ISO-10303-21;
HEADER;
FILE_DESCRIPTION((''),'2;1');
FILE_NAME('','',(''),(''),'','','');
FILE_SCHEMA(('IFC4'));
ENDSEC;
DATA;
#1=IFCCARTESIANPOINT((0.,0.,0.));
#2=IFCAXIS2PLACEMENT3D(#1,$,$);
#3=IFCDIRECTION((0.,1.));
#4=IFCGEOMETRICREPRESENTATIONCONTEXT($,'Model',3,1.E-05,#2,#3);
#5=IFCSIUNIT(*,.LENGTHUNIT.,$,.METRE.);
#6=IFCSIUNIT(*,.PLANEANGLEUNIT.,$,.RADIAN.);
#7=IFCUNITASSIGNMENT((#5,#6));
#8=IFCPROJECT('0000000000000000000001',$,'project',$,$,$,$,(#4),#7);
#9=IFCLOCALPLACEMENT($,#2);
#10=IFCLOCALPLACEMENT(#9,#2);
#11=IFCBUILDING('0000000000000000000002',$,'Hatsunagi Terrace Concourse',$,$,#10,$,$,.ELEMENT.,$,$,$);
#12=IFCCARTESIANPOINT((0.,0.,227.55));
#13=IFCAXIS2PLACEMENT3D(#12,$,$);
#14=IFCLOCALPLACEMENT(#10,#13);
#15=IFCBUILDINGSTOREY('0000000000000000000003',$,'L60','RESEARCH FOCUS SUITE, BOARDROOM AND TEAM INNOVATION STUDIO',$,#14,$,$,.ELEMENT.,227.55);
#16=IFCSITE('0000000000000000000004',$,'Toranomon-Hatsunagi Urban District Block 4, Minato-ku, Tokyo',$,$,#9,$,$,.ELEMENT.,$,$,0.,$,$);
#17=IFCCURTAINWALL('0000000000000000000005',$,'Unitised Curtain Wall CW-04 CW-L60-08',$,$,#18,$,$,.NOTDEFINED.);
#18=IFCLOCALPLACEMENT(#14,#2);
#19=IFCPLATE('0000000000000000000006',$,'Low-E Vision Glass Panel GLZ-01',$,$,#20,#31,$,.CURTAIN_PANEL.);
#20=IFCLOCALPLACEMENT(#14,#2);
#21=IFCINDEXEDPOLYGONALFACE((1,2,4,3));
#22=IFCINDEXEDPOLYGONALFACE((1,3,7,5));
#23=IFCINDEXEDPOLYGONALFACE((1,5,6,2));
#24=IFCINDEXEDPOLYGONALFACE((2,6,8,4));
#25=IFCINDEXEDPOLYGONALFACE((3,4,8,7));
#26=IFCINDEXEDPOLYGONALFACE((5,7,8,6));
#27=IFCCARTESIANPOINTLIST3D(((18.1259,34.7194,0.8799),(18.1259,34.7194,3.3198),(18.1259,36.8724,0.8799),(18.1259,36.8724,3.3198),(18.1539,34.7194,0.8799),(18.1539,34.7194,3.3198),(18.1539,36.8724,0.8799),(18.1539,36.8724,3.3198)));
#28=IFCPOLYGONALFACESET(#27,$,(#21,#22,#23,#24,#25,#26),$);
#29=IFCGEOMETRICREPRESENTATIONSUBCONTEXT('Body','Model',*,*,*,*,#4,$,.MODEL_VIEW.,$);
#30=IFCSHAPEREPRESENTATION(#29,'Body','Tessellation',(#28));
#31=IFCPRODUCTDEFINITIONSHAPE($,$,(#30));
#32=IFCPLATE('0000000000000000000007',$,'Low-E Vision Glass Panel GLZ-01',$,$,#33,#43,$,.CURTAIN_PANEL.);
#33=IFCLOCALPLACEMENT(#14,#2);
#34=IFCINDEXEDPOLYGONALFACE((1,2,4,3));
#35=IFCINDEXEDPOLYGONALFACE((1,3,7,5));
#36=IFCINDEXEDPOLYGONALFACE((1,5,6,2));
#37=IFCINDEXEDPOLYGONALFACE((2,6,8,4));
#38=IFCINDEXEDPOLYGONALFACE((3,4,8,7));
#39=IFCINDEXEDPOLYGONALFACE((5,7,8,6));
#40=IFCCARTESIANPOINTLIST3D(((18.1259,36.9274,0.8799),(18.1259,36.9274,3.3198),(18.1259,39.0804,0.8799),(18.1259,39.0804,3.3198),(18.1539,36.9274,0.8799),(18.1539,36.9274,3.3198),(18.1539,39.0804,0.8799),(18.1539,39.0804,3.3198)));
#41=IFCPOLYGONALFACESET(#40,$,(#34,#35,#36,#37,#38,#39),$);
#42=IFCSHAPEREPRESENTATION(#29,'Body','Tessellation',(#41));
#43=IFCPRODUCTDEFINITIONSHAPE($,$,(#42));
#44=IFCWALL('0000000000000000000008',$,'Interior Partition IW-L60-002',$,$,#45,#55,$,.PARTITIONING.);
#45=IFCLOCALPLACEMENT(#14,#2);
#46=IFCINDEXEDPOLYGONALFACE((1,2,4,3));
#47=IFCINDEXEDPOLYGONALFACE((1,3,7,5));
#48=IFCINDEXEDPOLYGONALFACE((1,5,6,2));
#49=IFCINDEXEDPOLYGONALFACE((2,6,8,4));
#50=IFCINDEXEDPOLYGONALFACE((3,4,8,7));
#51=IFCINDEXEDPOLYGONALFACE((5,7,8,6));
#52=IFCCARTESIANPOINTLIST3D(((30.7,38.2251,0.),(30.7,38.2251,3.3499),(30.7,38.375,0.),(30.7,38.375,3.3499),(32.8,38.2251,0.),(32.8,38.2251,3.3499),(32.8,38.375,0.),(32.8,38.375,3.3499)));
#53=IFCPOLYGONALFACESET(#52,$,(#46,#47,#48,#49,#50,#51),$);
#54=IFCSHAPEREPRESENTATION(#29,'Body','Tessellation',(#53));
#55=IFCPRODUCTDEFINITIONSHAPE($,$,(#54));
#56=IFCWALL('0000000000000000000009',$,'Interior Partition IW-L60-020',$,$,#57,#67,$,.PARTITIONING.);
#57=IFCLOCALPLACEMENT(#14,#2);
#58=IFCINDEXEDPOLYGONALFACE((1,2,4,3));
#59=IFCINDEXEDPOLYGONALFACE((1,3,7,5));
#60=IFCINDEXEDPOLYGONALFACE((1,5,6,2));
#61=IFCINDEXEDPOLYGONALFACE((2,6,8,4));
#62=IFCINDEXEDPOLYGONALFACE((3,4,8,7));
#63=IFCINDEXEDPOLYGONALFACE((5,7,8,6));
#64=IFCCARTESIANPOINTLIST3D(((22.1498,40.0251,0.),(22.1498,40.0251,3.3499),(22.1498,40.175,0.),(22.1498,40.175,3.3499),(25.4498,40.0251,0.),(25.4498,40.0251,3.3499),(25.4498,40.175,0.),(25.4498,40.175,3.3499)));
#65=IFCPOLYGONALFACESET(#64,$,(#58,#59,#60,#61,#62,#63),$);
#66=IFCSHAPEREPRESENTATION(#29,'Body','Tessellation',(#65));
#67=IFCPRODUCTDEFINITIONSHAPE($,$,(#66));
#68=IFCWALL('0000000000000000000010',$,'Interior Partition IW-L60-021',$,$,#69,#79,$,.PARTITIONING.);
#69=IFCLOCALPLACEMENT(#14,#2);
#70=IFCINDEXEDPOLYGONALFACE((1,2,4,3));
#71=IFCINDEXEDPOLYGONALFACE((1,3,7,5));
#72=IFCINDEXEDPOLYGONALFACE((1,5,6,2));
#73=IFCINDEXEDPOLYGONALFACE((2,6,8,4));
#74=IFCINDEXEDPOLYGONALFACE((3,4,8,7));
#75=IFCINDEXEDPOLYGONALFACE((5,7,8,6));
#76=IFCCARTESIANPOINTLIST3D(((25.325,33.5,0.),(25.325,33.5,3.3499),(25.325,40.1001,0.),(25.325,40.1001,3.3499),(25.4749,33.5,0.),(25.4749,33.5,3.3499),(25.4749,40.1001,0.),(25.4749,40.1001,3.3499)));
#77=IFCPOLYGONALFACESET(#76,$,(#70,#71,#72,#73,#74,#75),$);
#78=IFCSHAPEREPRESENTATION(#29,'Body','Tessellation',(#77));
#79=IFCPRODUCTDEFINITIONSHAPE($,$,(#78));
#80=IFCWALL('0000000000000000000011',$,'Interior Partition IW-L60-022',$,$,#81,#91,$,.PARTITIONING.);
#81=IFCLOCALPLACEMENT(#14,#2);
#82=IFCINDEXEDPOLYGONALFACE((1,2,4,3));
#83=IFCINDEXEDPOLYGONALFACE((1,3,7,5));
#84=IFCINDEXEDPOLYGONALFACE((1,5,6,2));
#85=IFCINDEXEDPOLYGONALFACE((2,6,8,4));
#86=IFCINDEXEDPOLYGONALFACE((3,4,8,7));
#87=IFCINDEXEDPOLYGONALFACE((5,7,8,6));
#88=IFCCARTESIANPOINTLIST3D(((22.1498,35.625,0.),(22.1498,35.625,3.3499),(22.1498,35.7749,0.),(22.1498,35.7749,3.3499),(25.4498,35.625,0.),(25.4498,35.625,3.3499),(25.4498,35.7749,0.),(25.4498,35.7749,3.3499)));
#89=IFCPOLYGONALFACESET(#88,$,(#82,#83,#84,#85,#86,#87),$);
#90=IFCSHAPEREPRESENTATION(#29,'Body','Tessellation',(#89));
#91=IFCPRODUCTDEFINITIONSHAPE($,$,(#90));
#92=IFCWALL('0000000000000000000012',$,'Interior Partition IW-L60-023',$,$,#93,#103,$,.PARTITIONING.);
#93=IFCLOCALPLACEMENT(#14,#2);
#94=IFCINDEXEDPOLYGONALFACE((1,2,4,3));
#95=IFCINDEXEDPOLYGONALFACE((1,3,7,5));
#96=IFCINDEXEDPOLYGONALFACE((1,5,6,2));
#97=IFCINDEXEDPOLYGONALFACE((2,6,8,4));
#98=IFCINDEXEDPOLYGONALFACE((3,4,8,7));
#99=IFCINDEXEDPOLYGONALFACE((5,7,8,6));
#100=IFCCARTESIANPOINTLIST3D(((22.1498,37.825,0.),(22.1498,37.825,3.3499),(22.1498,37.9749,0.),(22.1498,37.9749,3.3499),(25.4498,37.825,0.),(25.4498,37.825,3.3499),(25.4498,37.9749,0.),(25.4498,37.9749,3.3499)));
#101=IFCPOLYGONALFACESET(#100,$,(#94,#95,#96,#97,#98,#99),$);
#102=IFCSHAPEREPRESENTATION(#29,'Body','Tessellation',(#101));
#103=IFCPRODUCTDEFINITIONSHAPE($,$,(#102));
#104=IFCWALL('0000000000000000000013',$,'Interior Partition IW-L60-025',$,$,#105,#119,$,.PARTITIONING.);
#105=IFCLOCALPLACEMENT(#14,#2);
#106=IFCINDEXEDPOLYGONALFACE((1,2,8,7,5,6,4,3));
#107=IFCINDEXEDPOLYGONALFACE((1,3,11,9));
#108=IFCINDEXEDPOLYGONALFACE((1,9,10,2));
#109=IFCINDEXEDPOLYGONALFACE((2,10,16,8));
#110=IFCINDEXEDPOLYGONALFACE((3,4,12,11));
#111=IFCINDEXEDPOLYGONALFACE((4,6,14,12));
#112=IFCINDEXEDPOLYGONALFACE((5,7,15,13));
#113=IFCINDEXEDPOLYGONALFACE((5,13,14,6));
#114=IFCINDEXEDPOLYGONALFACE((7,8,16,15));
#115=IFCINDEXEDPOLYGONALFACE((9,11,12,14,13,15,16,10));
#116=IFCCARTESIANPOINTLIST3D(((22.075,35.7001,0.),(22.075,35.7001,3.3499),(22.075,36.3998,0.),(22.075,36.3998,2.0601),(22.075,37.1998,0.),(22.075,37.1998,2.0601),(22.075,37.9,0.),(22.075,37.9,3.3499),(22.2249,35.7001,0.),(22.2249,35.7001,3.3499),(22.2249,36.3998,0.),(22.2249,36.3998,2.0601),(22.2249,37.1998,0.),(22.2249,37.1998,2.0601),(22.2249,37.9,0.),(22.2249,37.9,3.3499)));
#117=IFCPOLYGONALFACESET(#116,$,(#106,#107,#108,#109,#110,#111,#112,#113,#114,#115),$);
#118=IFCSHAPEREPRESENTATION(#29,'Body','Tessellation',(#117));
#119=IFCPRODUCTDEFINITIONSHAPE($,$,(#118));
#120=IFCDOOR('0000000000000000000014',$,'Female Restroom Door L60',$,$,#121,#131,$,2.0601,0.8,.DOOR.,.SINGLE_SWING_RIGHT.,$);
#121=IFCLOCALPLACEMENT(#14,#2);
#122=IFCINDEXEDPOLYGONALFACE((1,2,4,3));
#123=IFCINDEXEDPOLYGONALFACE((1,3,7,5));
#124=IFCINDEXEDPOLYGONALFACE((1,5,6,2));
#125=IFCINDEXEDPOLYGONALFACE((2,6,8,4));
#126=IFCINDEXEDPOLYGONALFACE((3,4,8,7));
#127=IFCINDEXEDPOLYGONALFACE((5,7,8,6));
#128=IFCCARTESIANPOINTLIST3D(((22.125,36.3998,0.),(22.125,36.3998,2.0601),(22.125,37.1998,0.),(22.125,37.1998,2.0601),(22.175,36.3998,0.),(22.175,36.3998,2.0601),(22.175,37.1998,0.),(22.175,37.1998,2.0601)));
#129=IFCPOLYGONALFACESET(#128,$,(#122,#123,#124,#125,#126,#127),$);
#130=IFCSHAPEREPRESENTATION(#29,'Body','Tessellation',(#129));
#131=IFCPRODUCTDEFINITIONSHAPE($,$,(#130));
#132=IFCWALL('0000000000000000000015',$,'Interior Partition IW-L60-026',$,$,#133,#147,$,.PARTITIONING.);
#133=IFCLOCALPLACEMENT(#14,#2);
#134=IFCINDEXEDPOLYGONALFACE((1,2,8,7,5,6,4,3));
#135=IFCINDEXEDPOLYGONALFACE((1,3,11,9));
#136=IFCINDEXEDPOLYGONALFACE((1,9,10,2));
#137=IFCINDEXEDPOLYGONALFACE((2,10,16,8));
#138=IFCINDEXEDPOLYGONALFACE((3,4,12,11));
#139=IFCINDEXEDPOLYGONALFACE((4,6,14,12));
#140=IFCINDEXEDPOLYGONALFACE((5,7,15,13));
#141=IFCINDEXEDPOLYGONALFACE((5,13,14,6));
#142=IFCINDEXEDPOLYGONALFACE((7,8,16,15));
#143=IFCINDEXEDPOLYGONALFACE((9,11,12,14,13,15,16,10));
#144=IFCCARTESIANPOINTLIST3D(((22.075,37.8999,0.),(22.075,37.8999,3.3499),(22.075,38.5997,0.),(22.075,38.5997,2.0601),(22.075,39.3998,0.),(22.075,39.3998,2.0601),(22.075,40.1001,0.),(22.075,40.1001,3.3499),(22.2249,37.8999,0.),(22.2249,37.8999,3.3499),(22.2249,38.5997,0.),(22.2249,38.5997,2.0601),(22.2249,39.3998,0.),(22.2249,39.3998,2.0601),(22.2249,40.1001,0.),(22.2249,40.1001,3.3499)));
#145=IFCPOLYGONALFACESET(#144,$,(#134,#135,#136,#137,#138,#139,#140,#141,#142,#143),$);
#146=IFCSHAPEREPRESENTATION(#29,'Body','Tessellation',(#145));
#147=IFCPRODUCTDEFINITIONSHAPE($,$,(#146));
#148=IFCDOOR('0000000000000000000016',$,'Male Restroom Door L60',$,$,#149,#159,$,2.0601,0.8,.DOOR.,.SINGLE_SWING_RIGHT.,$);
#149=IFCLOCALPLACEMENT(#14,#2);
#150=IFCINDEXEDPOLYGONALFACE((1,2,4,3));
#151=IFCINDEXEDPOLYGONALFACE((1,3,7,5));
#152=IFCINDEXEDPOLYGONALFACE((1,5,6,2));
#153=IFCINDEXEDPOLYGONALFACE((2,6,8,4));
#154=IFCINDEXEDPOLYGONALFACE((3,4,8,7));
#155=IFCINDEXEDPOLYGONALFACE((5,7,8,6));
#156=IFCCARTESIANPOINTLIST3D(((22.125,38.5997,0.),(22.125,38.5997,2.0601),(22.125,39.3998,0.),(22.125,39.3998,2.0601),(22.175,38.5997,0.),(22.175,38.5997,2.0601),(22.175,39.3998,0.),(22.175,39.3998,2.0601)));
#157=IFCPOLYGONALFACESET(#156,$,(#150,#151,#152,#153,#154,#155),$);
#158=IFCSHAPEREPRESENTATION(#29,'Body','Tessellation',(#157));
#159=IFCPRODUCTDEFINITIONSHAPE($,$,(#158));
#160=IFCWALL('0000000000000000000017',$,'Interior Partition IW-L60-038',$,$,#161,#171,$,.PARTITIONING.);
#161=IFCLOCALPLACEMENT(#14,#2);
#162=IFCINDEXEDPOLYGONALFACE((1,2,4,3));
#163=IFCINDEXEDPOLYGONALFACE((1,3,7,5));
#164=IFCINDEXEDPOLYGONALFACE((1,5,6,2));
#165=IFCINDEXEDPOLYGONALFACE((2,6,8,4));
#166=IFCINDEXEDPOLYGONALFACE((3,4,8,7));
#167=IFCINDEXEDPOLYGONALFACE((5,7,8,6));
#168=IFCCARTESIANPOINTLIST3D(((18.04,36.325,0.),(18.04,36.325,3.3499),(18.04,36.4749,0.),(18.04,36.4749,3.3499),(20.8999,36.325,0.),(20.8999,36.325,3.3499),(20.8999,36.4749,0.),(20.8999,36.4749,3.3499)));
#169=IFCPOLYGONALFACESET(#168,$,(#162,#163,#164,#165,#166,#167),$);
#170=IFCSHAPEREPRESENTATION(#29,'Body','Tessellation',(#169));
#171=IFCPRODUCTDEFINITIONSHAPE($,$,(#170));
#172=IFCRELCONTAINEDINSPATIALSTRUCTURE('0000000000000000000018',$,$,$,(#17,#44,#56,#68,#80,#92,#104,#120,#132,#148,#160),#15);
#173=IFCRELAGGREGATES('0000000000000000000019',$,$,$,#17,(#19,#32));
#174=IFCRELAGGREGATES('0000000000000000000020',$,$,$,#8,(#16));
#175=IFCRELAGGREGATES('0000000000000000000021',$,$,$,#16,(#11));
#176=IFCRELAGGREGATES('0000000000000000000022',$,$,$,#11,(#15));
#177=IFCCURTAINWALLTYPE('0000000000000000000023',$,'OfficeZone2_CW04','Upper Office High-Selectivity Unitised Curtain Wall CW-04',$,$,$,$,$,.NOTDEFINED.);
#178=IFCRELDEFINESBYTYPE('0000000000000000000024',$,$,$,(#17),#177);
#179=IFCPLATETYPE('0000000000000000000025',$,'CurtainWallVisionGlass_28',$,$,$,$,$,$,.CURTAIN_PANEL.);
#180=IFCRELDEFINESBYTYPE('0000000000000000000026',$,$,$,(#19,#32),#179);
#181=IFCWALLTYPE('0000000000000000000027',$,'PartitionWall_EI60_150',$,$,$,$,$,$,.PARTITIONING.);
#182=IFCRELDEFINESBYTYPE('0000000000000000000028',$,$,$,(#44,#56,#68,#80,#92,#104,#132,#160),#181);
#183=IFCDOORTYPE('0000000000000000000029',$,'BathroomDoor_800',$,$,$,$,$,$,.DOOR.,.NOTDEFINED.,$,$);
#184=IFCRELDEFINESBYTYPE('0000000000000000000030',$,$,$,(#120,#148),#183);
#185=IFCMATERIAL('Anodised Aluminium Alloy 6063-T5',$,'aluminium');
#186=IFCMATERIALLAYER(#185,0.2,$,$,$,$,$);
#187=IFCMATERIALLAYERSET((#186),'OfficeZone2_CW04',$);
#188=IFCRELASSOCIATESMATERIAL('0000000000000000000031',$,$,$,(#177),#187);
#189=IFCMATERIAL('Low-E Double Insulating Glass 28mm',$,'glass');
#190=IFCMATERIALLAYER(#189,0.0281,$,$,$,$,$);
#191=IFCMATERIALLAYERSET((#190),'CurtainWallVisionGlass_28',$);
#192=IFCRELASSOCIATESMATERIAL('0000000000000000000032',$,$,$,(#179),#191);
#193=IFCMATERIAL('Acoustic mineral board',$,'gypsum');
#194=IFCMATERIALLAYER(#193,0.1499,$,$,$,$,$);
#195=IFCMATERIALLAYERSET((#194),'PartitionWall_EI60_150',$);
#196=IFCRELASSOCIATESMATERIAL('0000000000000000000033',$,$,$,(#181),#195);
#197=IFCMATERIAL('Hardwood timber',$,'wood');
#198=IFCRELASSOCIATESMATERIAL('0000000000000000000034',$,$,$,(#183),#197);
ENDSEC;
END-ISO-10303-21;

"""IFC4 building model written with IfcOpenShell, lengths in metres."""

from ifc_helpers import new_model, si_unit, direction, frame, frame_2d, origin, origin_2d, place, context, subcontext, project, spatial, rectangle, extrude, material, layer, layer_set, type_object, element, fill, aggregate, save


model = new_model("IFC4")

# Units and contexts
model_context = context("Model", 3, precision=1e-05, world=origin(), true_north=direction((0.0, 1.0)))
body_context = subcontext(model_context, "Body", "Model", "MODEL_VIEW")
ifc_project = project(units=[si_unit("LENGTHUNIT", "METRE"), si_unit("PLANEANGLEUNIT", "RADIAN")], contexts=[model_context])

# Site, building, storey
site_placement = place(None, origin())
site = spatial("IfcSite", under=ifc_project, at=site_placement, Name="Toranomon-Hatsunagi Urban District Block 4, Minato-ku, Tokyo", CompositionType="ELEMENT", RefElevation=0.0)
building_placement = place(site_placement, origin())
building = spatial("IfcBuilding", under=site, at=building_placement, Name="Hatsunagi Terrace Concourse", CompositionType="ELEMENT")
storey_placement = place(building_placement, frame((0.0, 0.0, 227.55)))
storey = spatial("IfcBuildingStorey", under=building, at=storey_placement, Name="L60", Description="RESEARCH FOCUS SUITE, BOARDROOM AND TEAM INNOVATION STUDIO", CompositionType="ELEMENT", Elevation=227.55)

# Curtain wall
ifc_material_1 = material(Name="Anodised Aluminium Alloy 6063-T5", Category="aluminium")
ifc_layer_1 = layer(ifc_material_1, 0.2)
ifc_layer_set_1 = layer_set([ifc_layer_1], Name="OfficeZone2_CW04")
curtain_wall_type = type_object("IfcCurtainWallType", Name="OfficeZone2_CW04", Description="Upper Office High-Selectivity Unitised Curtain Wall CW-04", PredefinedType="NOTDEFINED", material=ifc_layer_set_1)
curtain_wall_placement = place(storey_placement, origin())
curtain_wall = element("IfcCurtainWall", 1, at=curtain_wall_placement, inside=storey, type_object=curtain_wall_type, Name="Unitised Curtain Wall CW-04 CW-L60-08", PredefinedType="NOTDEFINED")

# Plates
ifc_material_2 = material(Name="Low-E Double Insulating Glass 28mm", Category="glass")
ifc_layer_2 = layer(ifc_material_2, 0.0281)
ifc_layer_set_2 = layer_set([ifc_layer_2], Name="CurtainWallVisionGlass_28")
plate_type_1 = type_object("IfcPlateType", Name="CurtainWallVisionGlass_28", PredefinedType="CURTAIN_PANEL", material=ifc_layer_set_2)
plate_1_placement = place(storey_placement, frame((18.1399, 35.7959, 0.8799), z_axis=(0.0, 0.0, 1.0), x_axis=(0.0, 1.0, 0.0)))
plate_1 = element("IfcPlate", 2, at=plate_1_placement, type_object=plate_type_1, Name="Low-E Vision Glass Panel GLZ-01", PredefinedType="CURTAIN_PANEL", context=body_context, shape_type="SweptSolid", body=[
    extrude(rectangle(XDim=2.1531, YDim=0.0281, at=origin_2d()), origin(), (0.0, 0.0, 1.0), 2.4399),
])
plate_2_placement = place(storey_placement, frame((18.1399, 38.0039, 0.8799), z_axis=(0.0, 0.0, 1.0), x_axis=(0.0, 1.0, 0.0)))
plate_2 = element("IfcPlate", 3, at=plate_2_placement, type_object=plate_type_1, Name="Low-E Vision Glass Panel GLZ-01", PredefinedType="CURTAIN_PANEL", context=body_context, shape_type="SweptSolid", body=[
    extrude(rectangle(XDim=2.1531, YDim=0.0281, at=origin_2d()), origin(), (0.0, 0.0, 1.0), 2.4399),
])
aggregate(curtain_wall, [plate_1, plate_2])

# Walls
ifc_material_3 = material(Name="Acoustic mineral board", Category="gypsum")
ifc_layer_3 = layer(ifc_material_3, 0.1499)
ifc_layer_set_3 = layer_set([ifc_layer_3], Name="PartitionWall_EI60_150")
wall_type_1 = type_object("IfcWallType", Name="PartitionWall_EI60_150", PredefinedType="PARTITIONING", material=ifc_layer_set_3)
wall_1_placement = place(storey_placement, frame((30.7, 38.3, 0.0), z_axis=(0.0, 0.0, 1.0), x_axis=(1.0, 0.0, 0.0)))
element("IfcWall", 4, at=wall_1_placement, inside=storey, type_object=wall_type_1, Name="Interior Partition IW-L60-002", PredefinedType="PARTITIONING", context=body_context, shape_type="SweptSolid", body=[
    extrude(rectangle(XDim=2.1001, YDim=0.1499, at=frame_2d((1.05, 0.0))), origin(), (0.0, 0.0, 1.0), 3.3499),
])
wall_2_placement = place(storey_placement, frame((22.1499, 40.1001, 0.0), z_axis=(0.0, 0.0, 1.0), x_axis=(1.0, 0.0, 0.0)))
element("IfcWall", 5, at=wall_2_placement, inside=storey, type_object=wall_type_1, Name="Interior Partition IW-L60-020", PredefinedType="PARTITIONING", context=body_context, shape_type="SweptSolid", body=[
    extrude(rectangle(XDim=3.3, YDim=0.1499, at=frame_2d((1.6499, 0.0))), origin(), (0.0, 0.0, 1.0), 3.3499),
])
wall_3_placement = place(storey_placement, frame((25.3999, 33.5, 0.0), z_axis=(0.0, 0.0, 1.0), x_axis=(0.0, 1.0, 0.0)))
element("IfcWall", 6, at=wall_3_placement, inside=storey, type_object=wall_type_1, Name="Interior Partition IW-L60-021", PredefinedType="PARTITIONING", context=body_context, shape_type="SweptSolid", body=[
    extrude(rectangle(XDim=6.6001, YDim=0.1499, at=frame_2d((3.3, 0.0))), origin(), (0.0, 0.0, 1.0), 3.3499),
])
for number, where, z_axis, x_axis, name in (
    (7, (22.1499, 35.7, 0.0), (0.0, 0.0, 1.0), (1.0, 0.0, 0.0), "Interior Partition IW-L60-022"),
    (8, (22.1499, 37.8999, 0.0), (0.0, 0.0, 1.0), (1.0, 0.0, 0.0), "Interior Partition IW-L60-023"),
):
    element("IfcWall", number, at=place(storey_placement, frame(where, z_axis=z_axis, x_axis=x_axis)), inside=storey, type_object=wall_type_1, Name=name, PredefinedType="PARTITIONING", context=body_context, shape_type="SweptSolid", body=[
        extrude(rectangle(XDim=3.3, YDim=0.1499, at=frame_2d((1.6499, 0.0))), origin(), (0.0, 0.0, 1.0), 3.3499),
    ])

# Walls, openings, doors
wall_4_placement = place(storey_placement, frame((22.1499, 35.7, 0.0), z_axis=(0.0, 0.0, 1.0), x_axis=(0.0, 1.0, 0.0)))
wall_4 = element("IfcWall", 9, at=wall_4_placement, inside=storey, type_object=wall_type_1, Name="Interior Partition IW-L60-025", PredefinedType="PARTITIONING", context=body_context, shape_type="SweptSolid", body=[
    extrude(rectangle(XDim=2.2, YDim=0.1499, at=frame_2d((1.1001, 0.0))), origin(), (0.0, 0.0, 1.0), 3.3499),
])
opening_1_placement = place(wall_4_placement, frame((0.7, 0.0, 0.0)))
opening_1 = element("IfcOpeningElement", 10, at=opening_1_placement, cuts=wall_4, PredefinedType="OPENING", context=body_context, shape_type="SweptSolid", body=[
    extrude(rectangle(XDim=0.8, YDim=2.0601, at=frame_2d((0.3999, 1.03))), frame((0.0, 0.085, 0.0), z_axis=(0.0, -1.0, 0.0), x_axis=(1.0, 0.0, 0.0)), (0.0, 0.0, 1.0), 0.1699),
])
ifc_material_4 = material(Name="Hardwood timber", Category="wood")
door_type_1 = type_object("IfcDoorType", Name="BathroomDoor_800", OperationType="NOTDEFINED", PredefinedType="DOOR", material=ifc_material_4)
door_1_placement = place(opening_1_placement, origin())
door_1 = element("IfcDoor", 11, at=door_1_placement, inside=storey, type_object=door_type_1, Name="Female Restroom Door L60", OperationType="SINGLE_SWING_RIGHT", OverallHeight=2.0601, OverallWidth=0.8, PredefinedType="DOOR", context=body_context, shape_type="SweptSolid", body=[
    extrude(rectangle(XDim=0.8, YDim=2.0601, at=frame_2d((0.3999, 1.03))), frame((0.0, 0.0249, 0.0), z_axis=(0.0, -1.0, 0.0), x_axis=(1.0, 0.0, 0.0)), (0.0, 0.0, 1.0), 0.05),
])
fill(opening_1, door_1)
wall_5_placement = place(storey_placement, frame((22.1499, 37.8999, 0.0), z_axis=(0.0, 0.0, 1.0), x_axis=(0.0, 1.0, 0.0)))
wall_5 = element("IfcWall", 12, at=wall_5_placement, inside=storey, type_object=wall_type_1, Name="Interior Partition IW-L60-026", PredefinedType="PARTITIONING", context=body_context, shape_type="SweptSolid", body=[
    extrude(rectangle(XDim=2.2002, YDim=0.1499, at=frame_2d((1.1001, 0.0))), origin(), (0.0, 0.0, 1.0), 3.3499),
])
opening_2_placement = place(wall_5_placement, frame((0.7, 0.0, 0.0)))
opening_2 = element("IfcOpeningElement", 13, at=opening_2_placement, cuts=wall_5, PredefinedType="OPENING", context=body_context, shape_type="SweptSolid", body=[
    extrude(rectangle(XDim=0.8, YDim=2.0601, at=frame_2d((0.3999, 1.03))), frame((0.0, 0.085, 0.0), z_axis=(0.0, -1.0, 0.0), x_axis=(1.0, 0.0, 0.0)), (0.0, 0.0, 1.0), 0.1699),
])
door_2_placement = place(opening_2_placement, origin())
door_2 = element("IfcDoor", 14, at=door_2_placement, inside=storey, type_object=door_type_1, Name="Male Restroom Door L60", OperationType="SINGLE_SWING_RIGHT", OverallHeight=2.0601, OverallWidth=0.8, PredefinedType="DOOR", context=body_context, shape_type="SweptSolid", body=[
    extrude(rectangle(XDim=0.8, YDim=2.0601, at=frame_2d((0.3999, 1.03))), frame((0.0, 0.0249, 0.0), z_axis=(0.0, -1.0, 0.0), x_axis=(1.0, 0.0, 0.0)), (0.0, 0.0, 1.0), 0.05),
])
fill(opening_2, door_2)

# Wall
wall_6_placement = place(storey_placement, frame((18.04, 36.3999, 0.0), z_axis=(0.0, 0.0, 1.0), x_axis=(1.0, 0.0, 0.0)))
element("IfcWall", 15, at=wall_6_placement, inside=storey, type_object=wall_type_1, Name="Interior Partition IW-L60-038", PredefinedType="PARTITIONING", context=body_context, shape_type="SweptSolid", body=[
    extrude(rectangle(XDim=2.8599, YDim=0.1499, at=frame_2d((1.4299, 0.0))), origin(), (0.0, 0.0, 1.0), 3.3499),
])

save(model, "model.ifc")
